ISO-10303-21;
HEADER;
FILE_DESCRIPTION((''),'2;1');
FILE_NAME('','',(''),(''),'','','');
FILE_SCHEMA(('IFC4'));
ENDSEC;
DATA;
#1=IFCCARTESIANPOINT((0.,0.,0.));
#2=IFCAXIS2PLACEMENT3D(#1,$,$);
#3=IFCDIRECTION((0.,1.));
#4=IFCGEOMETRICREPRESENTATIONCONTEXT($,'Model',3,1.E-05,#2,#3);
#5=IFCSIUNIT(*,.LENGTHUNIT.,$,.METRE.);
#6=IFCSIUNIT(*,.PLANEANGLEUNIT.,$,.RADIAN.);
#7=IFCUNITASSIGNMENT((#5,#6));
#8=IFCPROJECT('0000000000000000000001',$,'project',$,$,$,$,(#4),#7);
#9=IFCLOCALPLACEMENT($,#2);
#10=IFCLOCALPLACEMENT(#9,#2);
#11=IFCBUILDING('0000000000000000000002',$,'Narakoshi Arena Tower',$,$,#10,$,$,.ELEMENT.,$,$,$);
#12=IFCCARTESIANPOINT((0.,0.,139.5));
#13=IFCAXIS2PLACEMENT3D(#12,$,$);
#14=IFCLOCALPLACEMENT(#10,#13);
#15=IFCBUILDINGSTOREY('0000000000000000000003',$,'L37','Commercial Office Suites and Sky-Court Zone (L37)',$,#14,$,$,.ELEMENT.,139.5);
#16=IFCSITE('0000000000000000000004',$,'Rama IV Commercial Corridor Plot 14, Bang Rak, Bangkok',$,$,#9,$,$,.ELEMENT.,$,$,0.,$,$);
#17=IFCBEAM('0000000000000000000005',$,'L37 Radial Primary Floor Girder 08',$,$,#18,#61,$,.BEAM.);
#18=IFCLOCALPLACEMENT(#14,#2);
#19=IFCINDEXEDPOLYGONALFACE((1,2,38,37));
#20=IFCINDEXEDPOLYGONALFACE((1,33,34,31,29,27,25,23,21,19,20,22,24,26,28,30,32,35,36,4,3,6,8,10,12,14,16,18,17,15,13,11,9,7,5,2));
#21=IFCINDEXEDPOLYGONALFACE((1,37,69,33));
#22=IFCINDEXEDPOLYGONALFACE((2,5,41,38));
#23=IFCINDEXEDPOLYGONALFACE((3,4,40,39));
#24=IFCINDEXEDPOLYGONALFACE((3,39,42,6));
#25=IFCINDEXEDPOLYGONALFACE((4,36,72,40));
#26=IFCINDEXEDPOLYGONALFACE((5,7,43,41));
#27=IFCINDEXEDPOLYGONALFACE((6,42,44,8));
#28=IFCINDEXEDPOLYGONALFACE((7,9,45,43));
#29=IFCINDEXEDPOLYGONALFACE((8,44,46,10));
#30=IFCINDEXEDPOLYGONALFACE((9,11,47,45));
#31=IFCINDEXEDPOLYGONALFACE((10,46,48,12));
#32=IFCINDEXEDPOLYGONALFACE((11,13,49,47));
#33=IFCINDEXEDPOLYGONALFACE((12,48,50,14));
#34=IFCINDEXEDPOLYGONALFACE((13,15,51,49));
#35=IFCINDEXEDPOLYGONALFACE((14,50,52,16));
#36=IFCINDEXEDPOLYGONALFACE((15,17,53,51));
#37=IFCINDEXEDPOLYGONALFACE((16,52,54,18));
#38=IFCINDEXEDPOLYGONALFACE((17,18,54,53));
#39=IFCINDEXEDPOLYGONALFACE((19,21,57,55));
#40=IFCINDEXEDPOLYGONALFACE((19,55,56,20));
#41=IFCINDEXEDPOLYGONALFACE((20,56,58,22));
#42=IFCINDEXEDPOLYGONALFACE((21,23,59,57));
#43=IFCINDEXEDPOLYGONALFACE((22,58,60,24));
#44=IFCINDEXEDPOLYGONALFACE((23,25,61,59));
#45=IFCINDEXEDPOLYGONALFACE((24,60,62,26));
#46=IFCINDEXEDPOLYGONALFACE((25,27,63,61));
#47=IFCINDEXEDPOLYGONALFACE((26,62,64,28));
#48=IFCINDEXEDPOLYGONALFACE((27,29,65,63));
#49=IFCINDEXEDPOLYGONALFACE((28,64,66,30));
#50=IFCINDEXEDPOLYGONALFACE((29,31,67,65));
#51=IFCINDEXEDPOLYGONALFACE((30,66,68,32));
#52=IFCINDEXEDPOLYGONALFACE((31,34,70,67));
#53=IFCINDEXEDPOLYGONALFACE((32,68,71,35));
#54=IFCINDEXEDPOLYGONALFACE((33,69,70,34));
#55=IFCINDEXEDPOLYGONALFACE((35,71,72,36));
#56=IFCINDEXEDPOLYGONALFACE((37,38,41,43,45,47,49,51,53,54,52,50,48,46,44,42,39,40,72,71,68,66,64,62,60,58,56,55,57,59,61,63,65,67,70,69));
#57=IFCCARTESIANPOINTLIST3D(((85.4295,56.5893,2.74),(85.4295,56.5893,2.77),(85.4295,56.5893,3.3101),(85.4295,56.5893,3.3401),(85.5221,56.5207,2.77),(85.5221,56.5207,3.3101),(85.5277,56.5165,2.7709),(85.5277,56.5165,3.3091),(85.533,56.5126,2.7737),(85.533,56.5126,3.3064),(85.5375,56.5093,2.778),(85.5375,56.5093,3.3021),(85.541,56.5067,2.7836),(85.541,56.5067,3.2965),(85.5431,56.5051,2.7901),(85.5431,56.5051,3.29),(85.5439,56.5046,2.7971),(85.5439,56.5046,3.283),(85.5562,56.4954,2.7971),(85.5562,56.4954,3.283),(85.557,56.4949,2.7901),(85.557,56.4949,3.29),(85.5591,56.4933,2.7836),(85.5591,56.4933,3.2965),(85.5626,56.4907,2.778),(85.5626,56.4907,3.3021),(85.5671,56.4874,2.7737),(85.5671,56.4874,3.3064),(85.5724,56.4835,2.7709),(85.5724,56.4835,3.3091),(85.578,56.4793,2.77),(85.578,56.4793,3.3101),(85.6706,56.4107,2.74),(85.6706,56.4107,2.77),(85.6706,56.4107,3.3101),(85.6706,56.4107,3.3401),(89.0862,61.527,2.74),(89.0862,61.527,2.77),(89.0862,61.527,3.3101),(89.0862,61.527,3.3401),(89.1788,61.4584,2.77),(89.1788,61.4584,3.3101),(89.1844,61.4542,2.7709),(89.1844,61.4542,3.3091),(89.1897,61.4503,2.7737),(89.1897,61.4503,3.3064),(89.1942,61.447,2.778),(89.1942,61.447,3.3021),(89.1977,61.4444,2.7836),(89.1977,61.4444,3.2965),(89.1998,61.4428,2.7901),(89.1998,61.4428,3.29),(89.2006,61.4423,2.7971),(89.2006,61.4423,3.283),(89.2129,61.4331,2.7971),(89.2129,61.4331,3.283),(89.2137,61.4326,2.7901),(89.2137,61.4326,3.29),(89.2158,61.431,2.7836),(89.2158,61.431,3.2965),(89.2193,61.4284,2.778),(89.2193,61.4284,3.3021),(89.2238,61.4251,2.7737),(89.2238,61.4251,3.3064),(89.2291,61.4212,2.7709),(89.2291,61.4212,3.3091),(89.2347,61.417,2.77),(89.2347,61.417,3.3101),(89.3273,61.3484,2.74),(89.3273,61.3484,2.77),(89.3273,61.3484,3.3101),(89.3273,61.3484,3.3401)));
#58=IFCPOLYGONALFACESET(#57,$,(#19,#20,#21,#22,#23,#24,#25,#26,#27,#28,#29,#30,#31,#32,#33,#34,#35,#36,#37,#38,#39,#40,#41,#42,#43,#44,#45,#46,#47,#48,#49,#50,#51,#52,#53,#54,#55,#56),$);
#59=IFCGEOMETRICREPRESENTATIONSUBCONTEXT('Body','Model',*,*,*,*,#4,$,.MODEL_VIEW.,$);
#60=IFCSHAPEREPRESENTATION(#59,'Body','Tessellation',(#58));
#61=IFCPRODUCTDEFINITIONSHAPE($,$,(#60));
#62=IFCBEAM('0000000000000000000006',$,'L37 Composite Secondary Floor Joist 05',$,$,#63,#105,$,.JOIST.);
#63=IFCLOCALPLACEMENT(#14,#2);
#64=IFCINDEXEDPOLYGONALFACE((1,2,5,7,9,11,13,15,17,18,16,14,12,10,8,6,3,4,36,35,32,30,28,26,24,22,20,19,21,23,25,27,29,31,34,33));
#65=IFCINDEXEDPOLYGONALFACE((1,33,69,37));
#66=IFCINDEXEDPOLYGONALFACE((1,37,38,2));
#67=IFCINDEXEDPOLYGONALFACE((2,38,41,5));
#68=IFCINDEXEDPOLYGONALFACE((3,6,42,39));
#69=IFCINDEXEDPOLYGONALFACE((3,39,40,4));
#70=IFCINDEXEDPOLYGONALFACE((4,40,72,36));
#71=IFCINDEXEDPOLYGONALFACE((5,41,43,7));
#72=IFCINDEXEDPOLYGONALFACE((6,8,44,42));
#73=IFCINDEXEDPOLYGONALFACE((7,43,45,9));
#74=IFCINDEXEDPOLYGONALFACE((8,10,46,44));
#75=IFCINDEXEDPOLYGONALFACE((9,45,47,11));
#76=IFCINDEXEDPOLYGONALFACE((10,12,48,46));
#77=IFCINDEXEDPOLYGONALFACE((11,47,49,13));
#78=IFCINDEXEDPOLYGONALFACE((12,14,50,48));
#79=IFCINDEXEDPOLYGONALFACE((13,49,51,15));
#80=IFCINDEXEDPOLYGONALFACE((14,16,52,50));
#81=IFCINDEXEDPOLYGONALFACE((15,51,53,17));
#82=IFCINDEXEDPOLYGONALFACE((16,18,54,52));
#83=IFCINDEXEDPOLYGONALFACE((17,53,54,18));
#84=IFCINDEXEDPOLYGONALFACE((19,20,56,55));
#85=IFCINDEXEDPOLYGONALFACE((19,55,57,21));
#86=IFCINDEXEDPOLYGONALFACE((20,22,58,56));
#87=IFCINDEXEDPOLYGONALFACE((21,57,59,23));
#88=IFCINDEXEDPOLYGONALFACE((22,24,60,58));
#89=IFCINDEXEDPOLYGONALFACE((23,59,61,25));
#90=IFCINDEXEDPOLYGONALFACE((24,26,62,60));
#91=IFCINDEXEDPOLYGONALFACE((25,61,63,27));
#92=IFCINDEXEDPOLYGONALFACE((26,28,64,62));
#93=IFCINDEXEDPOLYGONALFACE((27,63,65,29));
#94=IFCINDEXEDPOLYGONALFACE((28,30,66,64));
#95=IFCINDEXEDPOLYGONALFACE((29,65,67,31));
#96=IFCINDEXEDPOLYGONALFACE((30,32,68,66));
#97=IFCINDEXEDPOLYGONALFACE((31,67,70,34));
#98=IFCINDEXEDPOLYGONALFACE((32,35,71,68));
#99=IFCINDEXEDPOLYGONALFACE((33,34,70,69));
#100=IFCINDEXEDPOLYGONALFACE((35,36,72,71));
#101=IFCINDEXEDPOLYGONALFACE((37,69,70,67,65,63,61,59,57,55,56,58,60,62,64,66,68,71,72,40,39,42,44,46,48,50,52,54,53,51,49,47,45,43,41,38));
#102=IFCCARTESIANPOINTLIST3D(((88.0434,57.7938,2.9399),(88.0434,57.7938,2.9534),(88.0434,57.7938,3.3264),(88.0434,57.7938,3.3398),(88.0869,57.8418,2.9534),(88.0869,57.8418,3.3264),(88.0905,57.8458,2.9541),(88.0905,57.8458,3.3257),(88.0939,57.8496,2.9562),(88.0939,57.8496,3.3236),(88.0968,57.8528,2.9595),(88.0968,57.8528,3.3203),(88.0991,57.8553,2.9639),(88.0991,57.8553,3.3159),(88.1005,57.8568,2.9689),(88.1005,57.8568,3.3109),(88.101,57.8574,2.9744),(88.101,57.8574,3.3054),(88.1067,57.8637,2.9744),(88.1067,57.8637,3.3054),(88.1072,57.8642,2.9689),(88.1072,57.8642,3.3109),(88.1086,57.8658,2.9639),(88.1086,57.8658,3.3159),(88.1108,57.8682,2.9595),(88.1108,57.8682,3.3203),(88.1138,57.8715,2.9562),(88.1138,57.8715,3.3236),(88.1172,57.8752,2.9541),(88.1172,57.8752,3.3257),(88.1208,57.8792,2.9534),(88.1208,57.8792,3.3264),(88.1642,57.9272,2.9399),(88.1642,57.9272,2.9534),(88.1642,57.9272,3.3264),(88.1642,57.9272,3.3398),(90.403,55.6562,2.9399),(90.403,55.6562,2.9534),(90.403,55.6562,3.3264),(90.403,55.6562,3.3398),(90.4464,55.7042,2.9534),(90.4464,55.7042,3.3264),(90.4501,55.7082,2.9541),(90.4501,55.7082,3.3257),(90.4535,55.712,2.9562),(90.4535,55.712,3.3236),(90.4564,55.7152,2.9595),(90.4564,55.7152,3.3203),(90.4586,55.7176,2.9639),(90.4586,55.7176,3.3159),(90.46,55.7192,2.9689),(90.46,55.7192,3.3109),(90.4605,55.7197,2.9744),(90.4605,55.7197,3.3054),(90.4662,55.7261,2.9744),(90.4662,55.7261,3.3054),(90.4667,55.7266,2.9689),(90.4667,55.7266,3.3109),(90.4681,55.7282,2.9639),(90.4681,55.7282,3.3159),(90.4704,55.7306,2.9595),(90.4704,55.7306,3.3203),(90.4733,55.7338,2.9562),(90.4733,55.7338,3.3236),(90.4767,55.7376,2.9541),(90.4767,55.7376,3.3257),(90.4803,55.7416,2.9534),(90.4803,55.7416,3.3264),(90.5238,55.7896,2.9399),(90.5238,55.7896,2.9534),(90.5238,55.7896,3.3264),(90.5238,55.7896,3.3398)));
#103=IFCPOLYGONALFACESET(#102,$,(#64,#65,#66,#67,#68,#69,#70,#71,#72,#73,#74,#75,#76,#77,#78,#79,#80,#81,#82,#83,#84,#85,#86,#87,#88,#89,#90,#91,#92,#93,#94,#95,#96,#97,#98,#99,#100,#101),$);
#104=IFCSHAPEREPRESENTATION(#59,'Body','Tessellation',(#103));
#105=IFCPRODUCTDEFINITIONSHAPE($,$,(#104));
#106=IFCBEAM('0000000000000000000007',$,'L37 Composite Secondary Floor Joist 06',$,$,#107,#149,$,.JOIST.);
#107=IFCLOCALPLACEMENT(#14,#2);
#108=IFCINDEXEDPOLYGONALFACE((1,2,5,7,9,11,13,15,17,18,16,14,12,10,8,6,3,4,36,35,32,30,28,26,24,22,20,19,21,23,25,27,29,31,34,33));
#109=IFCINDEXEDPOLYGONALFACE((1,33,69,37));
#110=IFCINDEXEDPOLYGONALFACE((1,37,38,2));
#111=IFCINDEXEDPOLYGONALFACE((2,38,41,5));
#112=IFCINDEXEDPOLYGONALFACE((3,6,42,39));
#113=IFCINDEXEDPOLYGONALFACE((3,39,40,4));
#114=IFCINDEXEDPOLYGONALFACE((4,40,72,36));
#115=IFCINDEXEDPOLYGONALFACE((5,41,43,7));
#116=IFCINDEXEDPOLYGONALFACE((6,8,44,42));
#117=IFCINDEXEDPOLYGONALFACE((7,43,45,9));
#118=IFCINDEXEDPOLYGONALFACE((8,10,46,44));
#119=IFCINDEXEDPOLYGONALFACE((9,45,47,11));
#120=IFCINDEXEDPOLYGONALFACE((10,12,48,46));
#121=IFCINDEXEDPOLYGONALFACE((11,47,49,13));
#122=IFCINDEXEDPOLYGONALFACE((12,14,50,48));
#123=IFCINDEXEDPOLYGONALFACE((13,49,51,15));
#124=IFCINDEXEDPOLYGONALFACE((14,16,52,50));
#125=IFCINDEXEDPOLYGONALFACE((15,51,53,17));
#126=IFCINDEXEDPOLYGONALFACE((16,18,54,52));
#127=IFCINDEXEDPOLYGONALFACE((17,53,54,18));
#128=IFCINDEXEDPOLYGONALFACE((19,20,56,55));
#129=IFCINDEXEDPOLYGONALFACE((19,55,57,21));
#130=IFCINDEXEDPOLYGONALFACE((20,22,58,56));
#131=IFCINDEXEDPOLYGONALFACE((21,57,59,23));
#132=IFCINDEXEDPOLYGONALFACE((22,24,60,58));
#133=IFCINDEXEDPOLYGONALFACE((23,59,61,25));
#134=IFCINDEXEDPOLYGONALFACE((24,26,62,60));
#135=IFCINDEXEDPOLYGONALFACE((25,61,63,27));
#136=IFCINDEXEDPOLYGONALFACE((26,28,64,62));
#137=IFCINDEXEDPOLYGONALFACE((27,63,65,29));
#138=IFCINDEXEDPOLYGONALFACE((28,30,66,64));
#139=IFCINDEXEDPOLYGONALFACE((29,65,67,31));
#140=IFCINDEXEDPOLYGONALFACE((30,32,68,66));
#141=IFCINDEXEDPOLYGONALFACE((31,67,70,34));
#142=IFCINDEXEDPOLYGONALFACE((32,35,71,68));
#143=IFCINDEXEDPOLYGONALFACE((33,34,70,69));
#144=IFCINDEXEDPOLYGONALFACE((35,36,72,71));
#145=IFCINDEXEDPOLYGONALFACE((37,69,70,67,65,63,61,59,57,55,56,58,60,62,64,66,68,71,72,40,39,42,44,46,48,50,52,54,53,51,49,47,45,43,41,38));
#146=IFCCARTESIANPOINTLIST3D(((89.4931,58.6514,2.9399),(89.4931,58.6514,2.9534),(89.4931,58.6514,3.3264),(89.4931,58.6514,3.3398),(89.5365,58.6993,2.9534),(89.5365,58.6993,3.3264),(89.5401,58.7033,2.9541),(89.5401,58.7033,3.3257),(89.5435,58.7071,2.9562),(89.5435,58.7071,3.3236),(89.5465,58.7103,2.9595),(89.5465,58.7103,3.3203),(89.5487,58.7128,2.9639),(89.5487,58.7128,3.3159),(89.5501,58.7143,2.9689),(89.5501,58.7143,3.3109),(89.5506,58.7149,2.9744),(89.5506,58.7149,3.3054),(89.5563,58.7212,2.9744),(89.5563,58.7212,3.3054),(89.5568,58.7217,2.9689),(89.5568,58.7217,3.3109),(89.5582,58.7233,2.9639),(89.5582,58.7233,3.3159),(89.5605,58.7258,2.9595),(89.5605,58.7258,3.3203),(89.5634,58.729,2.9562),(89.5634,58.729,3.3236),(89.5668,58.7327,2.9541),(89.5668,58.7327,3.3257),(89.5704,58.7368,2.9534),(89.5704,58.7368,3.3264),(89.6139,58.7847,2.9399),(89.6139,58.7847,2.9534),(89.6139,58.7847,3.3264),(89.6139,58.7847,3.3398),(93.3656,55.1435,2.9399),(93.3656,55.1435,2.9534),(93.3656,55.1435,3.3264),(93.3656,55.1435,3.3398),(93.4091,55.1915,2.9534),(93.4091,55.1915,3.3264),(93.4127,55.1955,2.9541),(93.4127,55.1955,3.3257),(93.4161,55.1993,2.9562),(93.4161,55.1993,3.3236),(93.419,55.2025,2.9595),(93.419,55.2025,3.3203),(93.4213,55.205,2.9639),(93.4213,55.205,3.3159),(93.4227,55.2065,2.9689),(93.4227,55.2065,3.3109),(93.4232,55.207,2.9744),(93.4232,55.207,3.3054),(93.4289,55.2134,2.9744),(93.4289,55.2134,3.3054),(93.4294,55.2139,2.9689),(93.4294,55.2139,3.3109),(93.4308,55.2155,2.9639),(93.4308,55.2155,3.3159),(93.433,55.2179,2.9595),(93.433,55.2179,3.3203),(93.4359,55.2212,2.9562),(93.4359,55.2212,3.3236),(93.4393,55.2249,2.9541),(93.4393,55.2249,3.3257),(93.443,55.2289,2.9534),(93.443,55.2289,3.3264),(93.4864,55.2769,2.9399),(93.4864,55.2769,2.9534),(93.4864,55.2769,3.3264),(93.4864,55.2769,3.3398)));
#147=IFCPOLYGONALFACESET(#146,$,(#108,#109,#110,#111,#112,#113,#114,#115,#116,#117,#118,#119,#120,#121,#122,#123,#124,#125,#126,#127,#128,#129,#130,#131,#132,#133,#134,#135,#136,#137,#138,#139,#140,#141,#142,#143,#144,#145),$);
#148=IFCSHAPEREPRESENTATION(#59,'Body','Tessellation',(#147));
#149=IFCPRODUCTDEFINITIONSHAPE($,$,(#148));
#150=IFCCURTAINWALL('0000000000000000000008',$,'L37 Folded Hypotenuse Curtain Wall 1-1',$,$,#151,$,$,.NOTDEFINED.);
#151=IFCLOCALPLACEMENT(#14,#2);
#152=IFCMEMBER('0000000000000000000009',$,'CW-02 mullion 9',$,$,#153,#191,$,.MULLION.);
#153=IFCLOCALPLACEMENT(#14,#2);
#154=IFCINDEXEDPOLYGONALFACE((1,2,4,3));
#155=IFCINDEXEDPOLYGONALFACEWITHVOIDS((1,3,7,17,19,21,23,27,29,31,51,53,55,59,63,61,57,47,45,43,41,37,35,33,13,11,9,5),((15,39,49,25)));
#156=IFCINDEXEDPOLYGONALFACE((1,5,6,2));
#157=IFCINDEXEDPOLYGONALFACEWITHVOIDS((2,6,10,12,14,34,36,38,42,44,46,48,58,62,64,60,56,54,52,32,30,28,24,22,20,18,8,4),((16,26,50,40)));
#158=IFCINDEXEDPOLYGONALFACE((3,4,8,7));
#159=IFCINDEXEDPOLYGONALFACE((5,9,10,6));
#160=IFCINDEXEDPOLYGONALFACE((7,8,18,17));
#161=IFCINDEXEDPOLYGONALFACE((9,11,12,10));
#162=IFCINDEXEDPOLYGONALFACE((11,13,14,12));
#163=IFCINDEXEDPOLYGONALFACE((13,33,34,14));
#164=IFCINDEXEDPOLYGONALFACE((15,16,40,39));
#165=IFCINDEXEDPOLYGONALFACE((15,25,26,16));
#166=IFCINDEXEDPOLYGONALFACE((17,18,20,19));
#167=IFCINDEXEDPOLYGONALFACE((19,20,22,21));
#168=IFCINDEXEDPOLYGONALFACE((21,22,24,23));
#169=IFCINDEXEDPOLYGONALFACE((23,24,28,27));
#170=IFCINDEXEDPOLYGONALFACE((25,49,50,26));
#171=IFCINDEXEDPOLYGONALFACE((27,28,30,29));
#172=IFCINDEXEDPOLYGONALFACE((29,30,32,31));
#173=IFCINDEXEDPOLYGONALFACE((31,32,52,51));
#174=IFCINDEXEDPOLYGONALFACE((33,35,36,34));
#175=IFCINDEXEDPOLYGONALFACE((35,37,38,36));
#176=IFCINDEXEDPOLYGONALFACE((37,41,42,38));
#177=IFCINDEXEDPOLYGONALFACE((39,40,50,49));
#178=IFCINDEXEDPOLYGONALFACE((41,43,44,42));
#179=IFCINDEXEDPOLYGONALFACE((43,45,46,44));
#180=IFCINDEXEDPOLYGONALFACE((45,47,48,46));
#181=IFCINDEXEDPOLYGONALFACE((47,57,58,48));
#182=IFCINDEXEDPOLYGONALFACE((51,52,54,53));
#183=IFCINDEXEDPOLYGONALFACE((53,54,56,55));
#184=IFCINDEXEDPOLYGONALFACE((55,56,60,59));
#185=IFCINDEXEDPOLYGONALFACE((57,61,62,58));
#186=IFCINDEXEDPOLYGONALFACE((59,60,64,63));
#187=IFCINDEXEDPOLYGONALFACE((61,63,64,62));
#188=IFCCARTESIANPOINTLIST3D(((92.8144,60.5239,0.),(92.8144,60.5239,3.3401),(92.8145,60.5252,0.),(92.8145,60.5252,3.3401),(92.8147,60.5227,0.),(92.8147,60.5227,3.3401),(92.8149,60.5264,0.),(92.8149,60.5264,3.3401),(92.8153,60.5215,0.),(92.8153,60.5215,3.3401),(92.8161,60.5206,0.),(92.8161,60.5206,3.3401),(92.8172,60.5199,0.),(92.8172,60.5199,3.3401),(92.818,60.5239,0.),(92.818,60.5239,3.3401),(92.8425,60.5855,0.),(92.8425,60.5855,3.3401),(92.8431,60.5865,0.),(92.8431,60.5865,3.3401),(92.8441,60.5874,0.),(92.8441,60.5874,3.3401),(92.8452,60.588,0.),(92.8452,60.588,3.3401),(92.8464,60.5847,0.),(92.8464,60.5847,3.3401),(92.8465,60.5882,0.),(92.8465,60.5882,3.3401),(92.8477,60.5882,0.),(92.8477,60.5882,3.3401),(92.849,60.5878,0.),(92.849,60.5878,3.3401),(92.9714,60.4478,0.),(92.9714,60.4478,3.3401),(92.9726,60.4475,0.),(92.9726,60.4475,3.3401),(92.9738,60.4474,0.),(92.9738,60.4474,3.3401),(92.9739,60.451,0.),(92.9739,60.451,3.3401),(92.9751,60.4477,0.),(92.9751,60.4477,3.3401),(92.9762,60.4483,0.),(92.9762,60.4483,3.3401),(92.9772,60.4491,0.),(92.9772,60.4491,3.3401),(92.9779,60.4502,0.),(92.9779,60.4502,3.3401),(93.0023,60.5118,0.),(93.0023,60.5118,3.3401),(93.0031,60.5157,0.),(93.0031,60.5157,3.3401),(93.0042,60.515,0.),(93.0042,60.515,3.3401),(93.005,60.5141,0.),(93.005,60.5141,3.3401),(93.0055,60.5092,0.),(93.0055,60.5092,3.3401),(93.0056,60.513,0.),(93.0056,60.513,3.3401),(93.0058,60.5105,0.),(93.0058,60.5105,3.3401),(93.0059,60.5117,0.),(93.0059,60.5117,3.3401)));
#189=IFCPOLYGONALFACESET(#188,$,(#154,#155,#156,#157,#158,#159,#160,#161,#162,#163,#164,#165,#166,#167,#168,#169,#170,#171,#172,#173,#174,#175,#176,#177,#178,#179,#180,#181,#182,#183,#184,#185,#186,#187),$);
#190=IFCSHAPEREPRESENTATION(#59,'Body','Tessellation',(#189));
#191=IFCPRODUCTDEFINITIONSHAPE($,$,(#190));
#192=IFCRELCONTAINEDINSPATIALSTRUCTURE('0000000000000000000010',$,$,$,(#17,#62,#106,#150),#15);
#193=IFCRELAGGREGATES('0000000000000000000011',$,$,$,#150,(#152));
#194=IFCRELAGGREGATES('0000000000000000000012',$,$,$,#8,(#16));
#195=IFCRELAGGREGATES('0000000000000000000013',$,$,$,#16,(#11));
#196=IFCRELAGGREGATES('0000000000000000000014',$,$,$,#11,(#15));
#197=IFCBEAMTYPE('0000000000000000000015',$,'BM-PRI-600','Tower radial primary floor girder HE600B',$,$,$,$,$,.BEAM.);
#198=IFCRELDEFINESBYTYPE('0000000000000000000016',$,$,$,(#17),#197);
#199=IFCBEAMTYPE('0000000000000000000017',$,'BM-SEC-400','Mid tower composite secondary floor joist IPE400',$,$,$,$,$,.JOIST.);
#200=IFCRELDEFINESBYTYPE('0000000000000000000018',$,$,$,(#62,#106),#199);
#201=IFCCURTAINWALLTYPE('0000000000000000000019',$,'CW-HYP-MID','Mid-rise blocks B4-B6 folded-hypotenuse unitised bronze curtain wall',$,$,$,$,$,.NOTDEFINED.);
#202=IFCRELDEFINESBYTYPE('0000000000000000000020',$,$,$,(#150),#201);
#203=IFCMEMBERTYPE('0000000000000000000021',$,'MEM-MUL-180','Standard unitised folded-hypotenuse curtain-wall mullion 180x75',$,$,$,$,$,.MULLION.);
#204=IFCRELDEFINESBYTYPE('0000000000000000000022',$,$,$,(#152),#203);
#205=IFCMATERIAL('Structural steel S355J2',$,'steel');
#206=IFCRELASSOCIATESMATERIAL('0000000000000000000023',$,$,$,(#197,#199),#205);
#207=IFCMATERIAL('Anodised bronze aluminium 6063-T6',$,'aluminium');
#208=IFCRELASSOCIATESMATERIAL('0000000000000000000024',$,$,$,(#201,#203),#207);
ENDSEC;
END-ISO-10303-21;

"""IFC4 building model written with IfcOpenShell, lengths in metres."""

from ifc_helpers import new_model, si_unit, direction, frame, origin, origin_2d, place, context, subcontext, project, spatial, hollow_rectangle, i_section, extrude, material, material_profile, profile_set, type_object, element, aggregate, save


model = new_model("IFC4")

# Units and contexts
model_context = context("Model", 3, precision=1e-05, world=origin(), true_north=direction((0.0, 1.0)))
body_context = subcontext(model_context, "Body", "Model", "MODEL_VIEW")
ifc_project = project(units=[si_unit("LENGTHUNIT", "METRE"), si_unit("PLANEANGLEUNIT", "RADIAN")], contexts=[model_context])

# Site, building, storey
site_placement = place(None, origin())
site = spatial("IfcSite", under=ifc_project, at=site_placement, Name="Rama IV Commercial Corridor Plot 14, Bang Rak, Bangkok", CompositionType="ELEMENT", RefElevation=0.0)
building_placement = place(site_placement, origin())
building = spatial("IfcBuilding", under=site, at=building_placement, Name="Narakoshi Arena Tower", CompositionType="ELEMENT")
storey_placement = place(building_placement, frame((0.0, 0.0, 139.5)))
storey = spatial("IfcBuildingStorey", under=building, at=storey_placement, Name="L37", Description="Commercial Office Suites and Sky-Court Zone (L37)", CompositionType="ELEMENT", Elevation=139.5)

# Beams
ifc_material_1 = material(Name="Structural steel S355J2", Category="steel")
ifc_material_profile_1 = material_profile(ifc_material_1, i_section(OverallWidth=0.3, OverallDepth=0.6001, WebThickness=0.0154, FlangeThickness=0.03, FilletRadius=0.0271, at=origin_2d()), Name="HE600B")
ifc_profile_set_1 = profile_set([ifc_material_profile_1], Name="Structural steel S355J2")
beam_type_1 = type_object("IfcBeamType", Name="BM-PRI-600", Description="Tower radial primary floor girder HE600B", PredefinedType="BEAM", material=ifc_profile_set_1)
beam_1_placement = place(storey_placement, frame((85.55, 56.5, 3.04), z_axis=(0.595138, 0.803623, 0.0), x_axis=(-0.803623, 0.595138, 0.0)))
element("IfcBeam", 1, at=beam_1_placement, inside=storey, type_object=beam_type_1, Name="L37 Radial Primary Floor Girder 08", PredefinedType="BEAM", context=body_context, shape_type="SweptSolid", body=[
    extrude(i_section(OverallWidth=0.3, OverallDepth=0.6001, WebThickness=0.0154, FlangeThickness=0.03, FilletRadius=0.0271, at=origin_2d()), origin(), (0.0, 0.0, 1.0), 6.1443),
])
ifc_material_profile_2 = material_profile(ifc_material_1, i_section(OverallWidth=0.1799, OverallDepth=0.3999, WebThickness=0.0085, FlangeThickness=0.0134, FilletRadius=0.021, at=origin_2d()), Name="IPE400")
ifc_profile_set_2 = profile_set([ifc_material_profile_2], Name="Structural steel S355J2")
beam_type_2 = type_object("IfcBeamType", Name="BM-SEC-400", Description="Mid tower composite secondary floor joist IPE400", PredefinedType="JOIST", material=ifc_profile_set_2)
beam_2_placement = place(storey_placement, frame((90.4634, 55.7229, 3.1399), z_axis=(-0.741098, 0.671397, 0.0), x_axis=(-0.671397, -0.741098, 0.0)))
element("IfcBeam", 2, at=beam_2_placement, inside=storey, type_object=beam_type_2, Name="L37 Composite Secondary Floor Joist 05", PredefinedType="JOIST", context=body_context, shape_type="SweptSolid", body=[
    extrude(i_section(OverallWidth=0.1799, OverallDepth=0.3999, WebThickness=0.0085, FlangeThickness=0.0134, FilletRadius=0.021, at=origin_2d()), origin(), (0.0, 0.0, 1.0), 3.1838),
])
beam_3_placement = place(storey_placement, frame((93.426, 55.2102, 3.1399), z_axis=(-0.741148, 0.671341, 0.0), x_axis=(-0.671341, -0.741148, 0.0)))
element("IfcBeam", 3, at=beam_3_placement, inside=storey, type_object=beam_type_2, Name="L37 Composite Secondary Floor Joist 06", PredefinedType="JOIST", context=body_context, shape_type="SweptSolid", body=[
    extrude(i_section(OverallWidth=0.1799, OverallDepth=0.3999, WebThickness=0.0085, FlangeThickness=0.0134, FilletRadius=0.021, at=origin_2d()), origin(), (0.0, 0.0, 1.0), 5.2251),
])

# Curtain wall, member
ifc_material_2 = material(Name="Anodised bronze aluminium 6063-T6", Category="aluminium")
curtain_wall_type = type_object("IfcCurtainWallType", Name="CW-HYP-MID", Description="Mid-rise blocks B4-B6 folded-hypotenuse unitised bronze curtain wall", PredefinedType="NOTDEFINED", material=ifc_material_2)
curtain_wall_1_placement = place(storey_placement, origin())
curtain_wall_1 = element("IfcCurtainWall", 4, at=curtain_wall_1_placement, inside=storey, type_object=curtain_wall_type, Name="L37 Folded Hypotenuse Curtain Wall 1-1", PredefinedType="NOTDEFINED")
ifc_material_profile_3 = material_profile(ifc_material_2, hollow_rectangle(XDim=0.075, YDim=0.1799, WallThickness=0.0039, OuterFilletRadius=0.0049, at=origin_2d()), Name="MUL180x75x4")
ifc_profile_set_3 = profile_set([ifc_material_profile_3], Name="Anodised bronze aluminium 6063-T6")
member_type_1 = type_object("IfcMemberType", Name="MEM-MUL-180", Description="Standard unitised folded-hypotenuse curtain-wall mullion 180x75", PredefinedType="MULLION", material=ifc_profile_set_3)
member_1_placement = place(storey_placement, frame((92.9102, 60.5178, 0.0), z_axis=(0.0, 0.0, 1.0), x_axis=(-0.423532, -0.905881, 0.0)))
member_1 = element("IfcMember", 5, at=member_1_placement, type_object=member_type_1, Name="CW-02 mullion 9", PredefinedType="MULLION", context=body_context, shape_type="SweptSolid", body=[
    extrude(hollow_rectangle(XDim=0.075, YDim=0.1799, WallThickness=0.0039, OuterFilletRadius=0.0049, at=origin_2d()), origin(), (0.0, 0.0, 1.0), 3.3401),
])
aggregate(curtain_wall_1, [member_1])

save(model, "model.ifc")
